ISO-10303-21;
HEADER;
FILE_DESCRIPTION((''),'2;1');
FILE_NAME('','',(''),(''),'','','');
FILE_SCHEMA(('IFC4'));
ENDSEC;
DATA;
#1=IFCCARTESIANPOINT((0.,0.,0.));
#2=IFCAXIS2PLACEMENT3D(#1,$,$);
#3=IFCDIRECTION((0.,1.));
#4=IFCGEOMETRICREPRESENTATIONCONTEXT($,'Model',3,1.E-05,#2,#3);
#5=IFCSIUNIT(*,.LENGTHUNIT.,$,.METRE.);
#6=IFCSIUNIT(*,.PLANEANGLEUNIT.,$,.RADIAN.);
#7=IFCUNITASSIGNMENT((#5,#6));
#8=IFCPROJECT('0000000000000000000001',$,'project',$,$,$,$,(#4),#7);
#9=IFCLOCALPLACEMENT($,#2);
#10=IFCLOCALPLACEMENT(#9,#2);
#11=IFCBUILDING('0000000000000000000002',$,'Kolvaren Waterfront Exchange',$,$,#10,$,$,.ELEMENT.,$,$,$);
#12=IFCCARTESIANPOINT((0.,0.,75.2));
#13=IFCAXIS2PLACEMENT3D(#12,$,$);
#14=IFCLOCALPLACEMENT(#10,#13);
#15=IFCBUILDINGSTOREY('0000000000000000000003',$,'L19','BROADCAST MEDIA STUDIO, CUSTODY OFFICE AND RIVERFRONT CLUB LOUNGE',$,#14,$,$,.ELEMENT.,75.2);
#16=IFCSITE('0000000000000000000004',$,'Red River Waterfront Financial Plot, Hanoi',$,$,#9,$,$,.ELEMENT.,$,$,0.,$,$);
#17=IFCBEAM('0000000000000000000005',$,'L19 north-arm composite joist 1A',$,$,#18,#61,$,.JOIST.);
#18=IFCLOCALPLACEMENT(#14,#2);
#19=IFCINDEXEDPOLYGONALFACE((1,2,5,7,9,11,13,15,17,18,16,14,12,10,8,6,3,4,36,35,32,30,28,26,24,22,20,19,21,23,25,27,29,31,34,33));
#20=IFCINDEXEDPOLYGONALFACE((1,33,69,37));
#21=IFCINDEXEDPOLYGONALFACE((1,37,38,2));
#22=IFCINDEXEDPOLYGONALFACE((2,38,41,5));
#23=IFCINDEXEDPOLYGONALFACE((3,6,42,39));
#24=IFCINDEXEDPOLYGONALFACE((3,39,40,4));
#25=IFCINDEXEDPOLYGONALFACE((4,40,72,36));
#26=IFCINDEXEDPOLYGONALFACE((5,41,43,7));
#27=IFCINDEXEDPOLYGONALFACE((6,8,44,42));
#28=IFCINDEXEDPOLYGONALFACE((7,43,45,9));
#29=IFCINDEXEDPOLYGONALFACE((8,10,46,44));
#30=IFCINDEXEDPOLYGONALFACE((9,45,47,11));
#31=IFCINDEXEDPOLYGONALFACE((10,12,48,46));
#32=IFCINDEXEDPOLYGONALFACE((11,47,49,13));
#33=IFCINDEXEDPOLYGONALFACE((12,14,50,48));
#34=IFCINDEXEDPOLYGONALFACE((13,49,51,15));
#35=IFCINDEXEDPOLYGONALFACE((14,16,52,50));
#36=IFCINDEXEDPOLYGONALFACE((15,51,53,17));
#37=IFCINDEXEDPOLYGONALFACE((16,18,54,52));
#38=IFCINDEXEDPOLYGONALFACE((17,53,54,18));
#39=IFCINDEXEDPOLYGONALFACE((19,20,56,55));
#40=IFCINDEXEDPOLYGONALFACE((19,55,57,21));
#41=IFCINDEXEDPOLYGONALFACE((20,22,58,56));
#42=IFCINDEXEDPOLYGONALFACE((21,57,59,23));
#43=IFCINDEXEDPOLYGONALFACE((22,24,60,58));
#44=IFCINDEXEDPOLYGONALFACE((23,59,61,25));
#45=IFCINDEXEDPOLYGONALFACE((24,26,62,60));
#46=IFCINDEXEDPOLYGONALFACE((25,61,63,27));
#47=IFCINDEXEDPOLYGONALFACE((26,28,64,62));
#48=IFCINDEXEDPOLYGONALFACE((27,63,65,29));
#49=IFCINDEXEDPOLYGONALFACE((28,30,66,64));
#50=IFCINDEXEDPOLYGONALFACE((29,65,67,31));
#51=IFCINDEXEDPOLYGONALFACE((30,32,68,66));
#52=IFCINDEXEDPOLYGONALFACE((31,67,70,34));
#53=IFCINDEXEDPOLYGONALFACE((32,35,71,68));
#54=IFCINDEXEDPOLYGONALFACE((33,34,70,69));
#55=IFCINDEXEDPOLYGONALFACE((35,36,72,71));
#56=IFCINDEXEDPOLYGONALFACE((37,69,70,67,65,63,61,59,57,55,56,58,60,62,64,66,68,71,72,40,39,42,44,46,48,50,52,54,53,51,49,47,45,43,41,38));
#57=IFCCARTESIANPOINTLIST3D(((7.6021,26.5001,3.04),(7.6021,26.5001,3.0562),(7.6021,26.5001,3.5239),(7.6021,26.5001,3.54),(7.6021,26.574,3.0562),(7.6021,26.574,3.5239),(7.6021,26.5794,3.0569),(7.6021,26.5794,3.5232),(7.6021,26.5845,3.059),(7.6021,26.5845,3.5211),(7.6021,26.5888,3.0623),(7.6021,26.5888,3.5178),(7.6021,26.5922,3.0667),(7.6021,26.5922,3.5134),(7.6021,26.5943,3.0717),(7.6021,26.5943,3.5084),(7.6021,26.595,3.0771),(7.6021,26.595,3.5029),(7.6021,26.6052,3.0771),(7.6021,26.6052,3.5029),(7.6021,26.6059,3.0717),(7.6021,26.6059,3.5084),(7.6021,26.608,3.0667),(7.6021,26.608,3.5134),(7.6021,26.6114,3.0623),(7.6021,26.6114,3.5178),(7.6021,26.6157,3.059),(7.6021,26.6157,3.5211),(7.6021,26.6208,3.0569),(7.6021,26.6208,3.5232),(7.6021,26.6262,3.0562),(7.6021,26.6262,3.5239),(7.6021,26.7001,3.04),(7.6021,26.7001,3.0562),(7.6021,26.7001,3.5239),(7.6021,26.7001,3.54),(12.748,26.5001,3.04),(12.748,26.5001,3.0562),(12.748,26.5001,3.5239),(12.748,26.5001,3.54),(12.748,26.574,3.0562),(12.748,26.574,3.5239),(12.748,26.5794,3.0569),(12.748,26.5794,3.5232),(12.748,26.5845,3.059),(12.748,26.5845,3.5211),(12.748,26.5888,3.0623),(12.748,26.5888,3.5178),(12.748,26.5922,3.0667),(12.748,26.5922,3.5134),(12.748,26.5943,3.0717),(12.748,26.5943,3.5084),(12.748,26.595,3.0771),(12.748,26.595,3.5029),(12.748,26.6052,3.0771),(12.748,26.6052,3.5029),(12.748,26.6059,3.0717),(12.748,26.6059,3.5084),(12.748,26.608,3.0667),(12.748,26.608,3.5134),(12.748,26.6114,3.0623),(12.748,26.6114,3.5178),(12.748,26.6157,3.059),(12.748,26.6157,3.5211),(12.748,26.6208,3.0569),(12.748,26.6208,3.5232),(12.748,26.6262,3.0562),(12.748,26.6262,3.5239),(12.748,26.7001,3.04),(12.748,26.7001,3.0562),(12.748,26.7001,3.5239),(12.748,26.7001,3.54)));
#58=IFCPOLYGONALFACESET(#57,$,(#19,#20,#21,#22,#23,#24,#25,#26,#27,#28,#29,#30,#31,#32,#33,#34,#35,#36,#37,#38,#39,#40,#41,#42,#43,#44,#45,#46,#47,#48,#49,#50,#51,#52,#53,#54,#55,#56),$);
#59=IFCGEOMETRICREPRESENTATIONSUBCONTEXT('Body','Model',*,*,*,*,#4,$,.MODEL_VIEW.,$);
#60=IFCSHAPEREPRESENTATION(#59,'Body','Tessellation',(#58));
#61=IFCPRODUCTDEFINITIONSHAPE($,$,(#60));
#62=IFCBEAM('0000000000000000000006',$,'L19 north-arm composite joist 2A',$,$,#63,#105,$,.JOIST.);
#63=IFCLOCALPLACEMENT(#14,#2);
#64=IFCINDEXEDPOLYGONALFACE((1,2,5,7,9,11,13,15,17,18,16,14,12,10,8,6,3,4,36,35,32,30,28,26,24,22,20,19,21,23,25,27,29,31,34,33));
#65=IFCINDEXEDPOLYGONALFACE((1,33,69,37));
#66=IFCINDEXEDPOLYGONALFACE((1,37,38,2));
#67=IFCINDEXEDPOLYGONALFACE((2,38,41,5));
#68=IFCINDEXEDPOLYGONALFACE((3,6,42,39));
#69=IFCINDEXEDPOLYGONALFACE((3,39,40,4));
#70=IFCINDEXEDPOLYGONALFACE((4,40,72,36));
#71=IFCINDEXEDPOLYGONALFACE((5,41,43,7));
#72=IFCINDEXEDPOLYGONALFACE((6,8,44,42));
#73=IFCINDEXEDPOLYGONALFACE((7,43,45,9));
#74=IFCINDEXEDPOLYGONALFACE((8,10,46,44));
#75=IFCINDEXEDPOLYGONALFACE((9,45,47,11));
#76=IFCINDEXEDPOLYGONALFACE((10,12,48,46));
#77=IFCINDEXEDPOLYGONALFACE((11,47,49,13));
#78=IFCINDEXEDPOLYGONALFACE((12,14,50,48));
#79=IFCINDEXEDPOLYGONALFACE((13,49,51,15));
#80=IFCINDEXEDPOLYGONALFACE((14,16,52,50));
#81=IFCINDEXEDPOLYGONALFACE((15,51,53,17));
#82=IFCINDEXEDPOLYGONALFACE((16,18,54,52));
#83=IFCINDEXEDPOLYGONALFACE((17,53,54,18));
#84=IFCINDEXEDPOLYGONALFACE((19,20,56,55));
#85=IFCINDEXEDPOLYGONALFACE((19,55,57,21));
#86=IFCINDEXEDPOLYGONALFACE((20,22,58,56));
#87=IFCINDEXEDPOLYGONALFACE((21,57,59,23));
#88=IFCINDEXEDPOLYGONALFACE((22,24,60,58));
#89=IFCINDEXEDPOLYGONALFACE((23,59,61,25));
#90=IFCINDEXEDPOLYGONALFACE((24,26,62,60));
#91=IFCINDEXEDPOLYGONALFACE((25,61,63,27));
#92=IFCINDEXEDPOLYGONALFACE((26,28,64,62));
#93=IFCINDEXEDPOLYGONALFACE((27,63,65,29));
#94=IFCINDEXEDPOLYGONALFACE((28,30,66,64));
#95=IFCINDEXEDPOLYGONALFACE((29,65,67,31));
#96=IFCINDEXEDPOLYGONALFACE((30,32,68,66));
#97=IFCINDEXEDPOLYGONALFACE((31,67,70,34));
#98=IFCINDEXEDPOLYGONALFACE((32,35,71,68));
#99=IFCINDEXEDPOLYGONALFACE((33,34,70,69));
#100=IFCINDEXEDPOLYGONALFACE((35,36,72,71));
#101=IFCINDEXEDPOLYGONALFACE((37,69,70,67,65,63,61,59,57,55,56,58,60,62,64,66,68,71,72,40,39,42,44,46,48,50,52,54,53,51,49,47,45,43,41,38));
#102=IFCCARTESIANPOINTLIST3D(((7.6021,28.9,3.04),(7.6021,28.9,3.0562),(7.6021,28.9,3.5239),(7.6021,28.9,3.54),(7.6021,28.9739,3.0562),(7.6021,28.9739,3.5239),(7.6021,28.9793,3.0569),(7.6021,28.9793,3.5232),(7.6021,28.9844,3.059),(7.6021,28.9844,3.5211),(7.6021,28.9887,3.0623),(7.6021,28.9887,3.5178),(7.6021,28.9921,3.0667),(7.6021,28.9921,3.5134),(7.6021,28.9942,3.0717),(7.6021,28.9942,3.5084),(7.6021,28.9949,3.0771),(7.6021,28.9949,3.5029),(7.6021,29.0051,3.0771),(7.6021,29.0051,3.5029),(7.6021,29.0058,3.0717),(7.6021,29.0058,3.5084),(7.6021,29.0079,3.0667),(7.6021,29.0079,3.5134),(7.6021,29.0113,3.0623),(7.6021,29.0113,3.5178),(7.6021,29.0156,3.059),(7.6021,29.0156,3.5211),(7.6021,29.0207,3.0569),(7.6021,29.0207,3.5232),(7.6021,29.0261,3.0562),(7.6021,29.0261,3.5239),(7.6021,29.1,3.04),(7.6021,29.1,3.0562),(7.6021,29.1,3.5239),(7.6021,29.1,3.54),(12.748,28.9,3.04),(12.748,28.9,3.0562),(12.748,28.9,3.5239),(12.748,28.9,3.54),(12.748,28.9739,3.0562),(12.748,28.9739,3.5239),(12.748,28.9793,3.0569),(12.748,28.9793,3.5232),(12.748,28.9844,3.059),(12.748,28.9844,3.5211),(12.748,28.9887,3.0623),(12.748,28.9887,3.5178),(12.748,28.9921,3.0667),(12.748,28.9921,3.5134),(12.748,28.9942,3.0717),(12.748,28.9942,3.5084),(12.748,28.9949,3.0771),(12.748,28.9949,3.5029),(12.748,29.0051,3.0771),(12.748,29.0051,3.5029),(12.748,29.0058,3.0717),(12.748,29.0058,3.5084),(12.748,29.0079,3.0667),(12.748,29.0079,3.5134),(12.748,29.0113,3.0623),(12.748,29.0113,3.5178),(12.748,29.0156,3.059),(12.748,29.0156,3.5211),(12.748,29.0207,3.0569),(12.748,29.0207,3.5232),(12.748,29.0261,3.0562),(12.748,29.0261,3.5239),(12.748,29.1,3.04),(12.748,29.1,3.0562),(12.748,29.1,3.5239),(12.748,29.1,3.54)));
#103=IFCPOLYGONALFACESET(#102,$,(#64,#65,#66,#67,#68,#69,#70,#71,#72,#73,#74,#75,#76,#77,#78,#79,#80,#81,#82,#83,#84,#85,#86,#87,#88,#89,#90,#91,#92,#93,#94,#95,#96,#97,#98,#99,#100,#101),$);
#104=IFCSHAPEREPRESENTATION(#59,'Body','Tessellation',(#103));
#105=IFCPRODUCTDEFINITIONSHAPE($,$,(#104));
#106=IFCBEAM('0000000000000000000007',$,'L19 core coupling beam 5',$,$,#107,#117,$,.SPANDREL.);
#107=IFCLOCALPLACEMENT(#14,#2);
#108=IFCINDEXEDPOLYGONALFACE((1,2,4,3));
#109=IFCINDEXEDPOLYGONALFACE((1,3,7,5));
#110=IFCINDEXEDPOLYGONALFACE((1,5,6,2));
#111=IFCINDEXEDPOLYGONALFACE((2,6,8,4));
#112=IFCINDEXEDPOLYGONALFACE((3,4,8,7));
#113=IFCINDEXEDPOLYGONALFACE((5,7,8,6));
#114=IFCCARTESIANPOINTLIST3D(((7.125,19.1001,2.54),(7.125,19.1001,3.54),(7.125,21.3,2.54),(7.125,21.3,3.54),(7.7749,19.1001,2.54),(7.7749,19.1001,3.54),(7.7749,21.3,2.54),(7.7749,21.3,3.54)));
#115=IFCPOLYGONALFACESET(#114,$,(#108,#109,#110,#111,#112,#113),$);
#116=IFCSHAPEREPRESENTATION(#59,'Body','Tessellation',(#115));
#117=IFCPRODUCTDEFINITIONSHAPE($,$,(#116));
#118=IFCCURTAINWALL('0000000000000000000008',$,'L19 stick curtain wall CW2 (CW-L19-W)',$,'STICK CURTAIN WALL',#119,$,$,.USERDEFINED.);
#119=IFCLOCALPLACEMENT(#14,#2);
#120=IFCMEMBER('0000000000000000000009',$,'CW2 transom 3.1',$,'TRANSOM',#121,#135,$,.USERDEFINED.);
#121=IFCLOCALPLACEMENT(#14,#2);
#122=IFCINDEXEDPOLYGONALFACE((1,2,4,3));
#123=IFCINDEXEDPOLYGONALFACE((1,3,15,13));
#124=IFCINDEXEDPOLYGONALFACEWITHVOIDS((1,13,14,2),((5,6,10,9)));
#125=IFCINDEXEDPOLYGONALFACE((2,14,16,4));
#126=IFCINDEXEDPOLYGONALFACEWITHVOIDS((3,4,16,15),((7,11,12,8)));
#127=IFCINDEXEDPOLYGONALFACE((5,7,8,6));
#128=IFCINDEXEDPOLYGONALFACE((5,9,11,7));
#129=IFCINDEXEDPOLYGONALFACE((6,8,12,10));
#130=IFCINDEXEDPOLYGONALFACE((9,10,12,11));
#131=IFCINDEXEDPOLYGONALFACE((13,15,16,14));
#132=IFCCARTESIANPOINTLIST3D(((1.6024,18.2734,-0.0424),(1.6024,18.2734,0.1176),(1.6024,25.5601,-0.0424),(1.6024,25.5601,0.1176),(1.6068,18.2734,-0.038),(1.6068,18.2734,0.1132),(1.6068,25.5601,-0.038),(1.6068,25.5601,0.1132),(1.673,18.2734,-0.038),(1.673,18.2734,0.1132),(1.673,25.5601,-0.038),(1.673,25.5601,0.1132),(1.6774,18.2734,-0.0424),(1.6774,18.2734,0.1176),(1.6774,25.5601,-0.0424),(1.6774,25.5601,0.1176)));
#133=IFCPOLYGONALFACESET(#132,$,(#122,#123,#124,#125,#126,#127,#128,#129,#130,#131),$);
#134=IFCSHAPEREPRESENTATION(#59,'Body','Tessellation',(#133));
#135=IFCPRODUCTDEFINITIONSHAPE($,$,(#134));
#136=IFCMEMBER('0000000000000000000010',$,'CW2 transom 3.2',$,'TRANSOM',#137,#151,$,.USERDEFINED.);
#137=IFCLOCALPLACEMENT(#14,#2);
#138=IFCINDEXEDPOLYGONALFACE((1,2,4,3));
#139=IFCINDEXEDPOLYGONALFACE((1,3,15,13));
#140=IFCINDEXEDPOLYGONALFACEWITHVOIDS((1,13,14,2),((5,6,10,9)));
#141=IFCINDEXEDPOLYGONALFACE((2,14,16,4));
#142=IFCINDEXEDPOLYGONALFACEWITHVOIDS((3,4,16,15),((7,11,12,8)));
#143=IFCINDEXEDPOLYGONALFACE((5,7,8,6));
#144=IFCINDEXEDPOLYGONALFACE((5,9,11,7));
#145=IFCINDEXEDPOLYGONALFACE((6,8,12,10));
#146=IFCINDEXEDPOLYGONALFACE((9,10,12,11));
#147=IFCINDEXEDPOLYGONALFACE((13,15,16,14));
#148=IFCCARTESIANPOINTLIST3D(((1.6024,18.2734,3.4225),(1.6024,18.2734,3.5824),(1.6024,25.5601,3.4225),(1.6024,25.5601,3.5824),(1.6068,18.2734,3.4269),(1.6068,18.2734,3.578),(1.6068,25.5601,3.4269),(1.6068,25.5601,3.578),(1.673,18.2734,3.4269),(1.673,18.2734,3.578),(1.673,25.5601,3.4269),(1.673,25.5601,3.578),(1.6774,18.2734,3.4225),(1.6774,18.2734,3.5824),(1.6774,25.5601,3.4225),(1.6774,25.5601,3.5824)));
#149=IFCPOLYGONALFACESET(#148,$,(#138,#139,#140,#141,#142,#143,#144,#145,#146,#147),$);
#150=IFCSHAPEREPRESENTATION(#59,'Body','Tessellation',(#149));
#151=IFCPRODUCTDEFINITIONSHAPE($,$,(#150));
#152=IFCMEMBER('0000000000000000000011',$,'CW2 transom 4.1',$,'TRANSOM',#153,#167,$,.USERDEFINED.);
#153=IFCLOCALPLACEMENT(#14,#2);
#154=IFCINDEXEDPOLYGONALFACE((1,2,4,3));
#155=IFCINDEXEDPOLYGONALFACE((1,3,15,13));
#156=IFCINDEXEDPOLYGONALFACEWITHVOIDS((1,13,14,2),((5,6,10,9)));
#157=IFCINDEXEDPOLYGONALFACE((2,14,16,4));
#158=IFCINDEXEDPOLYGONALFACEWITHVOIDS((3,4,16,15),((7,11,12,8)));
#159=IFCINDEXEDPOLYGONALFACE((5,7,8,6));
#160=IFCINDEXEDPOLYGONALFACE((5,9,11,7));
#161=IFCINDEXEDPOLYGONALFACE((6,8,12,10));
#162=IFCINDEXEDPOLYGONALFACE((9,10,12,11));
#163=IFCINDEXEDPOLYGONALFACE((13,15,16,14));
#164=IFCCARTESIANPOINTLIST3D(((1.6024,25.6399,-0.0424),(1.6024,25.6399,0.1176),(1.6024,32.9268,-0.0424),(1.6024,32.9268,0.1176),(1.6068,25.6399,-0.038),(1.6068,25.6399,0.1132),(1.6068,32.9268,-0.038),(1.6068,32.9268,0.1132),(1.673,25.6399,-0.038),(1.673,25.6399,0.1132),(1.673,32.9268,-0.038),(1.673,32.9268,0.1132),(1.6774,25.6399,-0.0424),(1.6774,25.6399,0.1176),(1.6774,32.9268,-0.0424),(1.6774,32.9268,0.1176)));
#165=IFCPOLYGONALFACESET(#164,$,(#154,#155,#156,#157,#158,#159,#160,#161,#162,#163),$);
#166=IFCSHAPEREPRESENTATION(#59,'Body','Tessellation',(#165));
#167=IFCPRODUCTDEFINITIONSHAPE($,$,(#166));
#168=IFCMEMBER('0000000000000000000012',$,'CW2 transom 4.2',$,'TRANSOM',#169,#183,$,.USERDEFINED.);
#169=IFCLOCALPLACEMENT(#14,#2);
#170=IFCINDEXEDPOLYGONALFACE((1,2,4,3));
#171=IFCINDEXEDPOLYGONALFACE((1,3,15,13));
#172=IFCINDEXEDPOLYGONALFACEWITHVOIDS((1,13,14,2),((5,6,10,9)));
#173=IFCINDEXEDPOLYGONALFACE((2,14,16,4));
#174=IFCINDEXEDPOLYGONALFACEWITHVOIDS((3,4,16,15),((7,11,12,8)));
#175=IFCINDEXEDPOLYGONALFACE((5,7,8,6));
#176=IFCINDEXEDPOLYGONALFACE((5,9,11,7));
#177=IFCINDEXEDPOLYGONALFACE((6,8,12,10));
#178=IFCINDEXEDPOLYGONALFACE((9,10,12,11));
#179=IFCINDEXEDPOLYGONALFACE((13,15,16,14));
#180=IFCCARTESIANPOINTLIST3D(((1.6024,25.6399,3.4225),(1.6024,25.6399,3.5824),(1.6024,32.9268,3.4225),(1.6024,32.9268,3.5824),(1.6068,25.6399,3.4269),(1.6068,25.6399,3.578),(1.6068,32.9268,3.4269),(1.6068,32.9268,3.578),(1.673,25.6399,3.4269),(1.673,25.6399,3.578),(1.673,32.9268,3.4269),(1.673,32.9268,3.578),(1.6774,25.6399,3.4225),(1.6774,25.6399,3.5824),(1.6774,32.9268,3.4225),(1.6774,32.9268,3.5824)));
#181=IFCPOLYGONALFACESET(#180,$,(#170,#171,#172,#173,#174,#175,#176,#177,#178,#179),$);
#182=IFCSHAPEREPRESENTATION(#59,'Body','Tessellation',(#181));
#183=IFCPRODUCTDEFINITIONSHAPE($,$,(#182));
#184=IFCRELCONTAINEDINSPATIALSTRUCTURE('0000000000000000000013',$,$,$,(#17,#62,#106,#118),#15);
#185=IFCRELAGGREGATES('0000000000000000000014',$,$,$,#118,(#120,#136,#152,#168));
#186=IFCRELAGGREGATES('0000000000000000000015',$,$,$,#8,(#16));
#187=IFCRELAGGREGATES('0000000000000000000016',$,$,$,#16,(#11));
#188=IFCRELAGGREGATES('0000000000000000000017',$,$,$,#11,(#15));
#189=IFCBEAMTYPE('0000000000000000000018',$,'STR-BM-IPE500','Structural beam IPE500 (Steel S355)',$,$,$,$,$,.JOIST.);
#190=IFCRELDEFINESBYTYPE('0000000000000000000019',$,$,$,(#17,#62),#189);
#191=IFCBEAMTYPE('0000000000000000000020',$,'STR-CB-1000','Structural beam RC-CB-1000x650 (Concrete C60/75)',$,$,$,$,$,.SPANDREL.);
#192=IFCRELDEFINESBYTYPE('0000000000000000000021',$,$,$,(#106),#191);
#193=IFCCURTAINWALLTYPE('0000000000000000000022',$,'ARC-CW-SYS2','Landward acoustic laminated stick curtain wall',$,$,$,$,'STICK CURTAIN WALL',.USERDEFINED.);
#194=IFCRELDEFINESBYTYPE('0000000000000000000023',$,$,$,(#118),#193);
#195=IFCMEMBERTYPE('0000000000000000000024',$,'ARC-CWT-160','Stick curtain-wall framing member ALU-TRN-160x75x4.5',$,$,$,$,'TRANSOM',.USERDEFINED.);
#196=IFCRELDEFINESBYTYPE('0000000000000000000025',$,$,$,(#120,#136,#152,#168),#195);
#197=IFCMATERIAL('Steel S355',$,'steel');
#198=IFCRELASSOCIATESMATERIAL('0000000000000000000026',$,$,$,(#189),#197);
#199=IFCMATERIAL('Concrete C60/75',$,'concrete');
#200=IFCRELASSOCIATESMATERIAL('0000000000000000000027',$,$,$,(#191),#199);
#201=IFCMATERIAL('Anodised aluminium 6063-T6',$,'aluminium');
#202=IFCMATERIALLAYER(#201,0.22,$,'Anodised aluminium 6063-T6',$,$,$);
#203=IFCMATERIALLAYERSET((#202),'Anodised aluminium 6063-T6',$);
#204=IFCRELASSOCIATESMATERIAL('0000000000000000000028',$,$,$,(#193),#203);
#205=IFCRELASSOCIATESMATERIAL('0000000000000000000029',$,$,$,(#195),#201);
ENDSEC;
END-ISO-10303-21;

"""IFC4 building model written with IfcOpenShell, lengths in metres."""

from ifc_helpers import new_model, si_unit, direction, frame, origin, origin_with_axes, origin_2d, place, context, subcontext, project, spatial, rectangle, hollow_rectangle, i_section, extrude, source, transform, mapped, material, layer, layer_set, material_profile, profile_set, type_object, element, aggregate, save


model = new_model("IFC4")

# Units and contexts
model_context = context("Model", 3, precision=1e-05, world=origin(), true_north=direction((0.0, 1.0)))
body_context = subcontext(model_context, "Body", "Model", "MODEL_VIEW")
ifc_project = project(units=[si_unit("LENGTHUNIT", "METRE"), si_unit("PLANEANGLEUNIT", "RADIAN")], contexts=[model_context])

# Site, building, storey
site_placement = place(None, origin())
site = spatial("IfcSite", under=ifc_project, at=site_placement, Name="Red River Waterfront Financial Plot, Hanoi", CompositionType="ELEMENT", RefElevation=0.0)
building_placement = place(site_placement, origin())
building = spatial("IfcBuilding", under=site, at=building_placement, Name="Kolvaren Waterfront Exchange", CompositionType="ELEMENT")
storey_placement = place(building_placement, frame((0.0, 0.0, 75.2)))
storey = spatial("IfcBuildingStorey", under=building, at=storey_placement, Name="L19", Description="BROADCAST MEDIA STUDIO, CUSTODY OFFICE AND RIVERFRONT CLUB LOUNGE", CompositionType="ELEMENT", Elevation=75.2)

# Beams
ifc_material_1 = material(Name="Steel S355", Category="steel")
ifc_material_profile_1 = material_profile(ifc_material_1, i_section(OverallWidth=0.2, OverallDepth=0.5, WebThickness=0.0103, FlangeThickness=0.0161, FilletRadius=0.021, at=origin_2d()), Name="IPE500")
ifc_profile_set_1 = profile_set([ifc_material_profile_1], Name="Steel S355")
beam_type_1 = type_object("IfcBeamType", Name="STR-BM-IPE500", Description="Structural beam IPE500 (Steel S355)", PredefinedType="JOIST", material=ifc_profile_set_1)
for number, where, z_axis, x_axis, name in (
    (1, (7.6021, 26.6001, 3.29), (1.0, 0.0, 0.0), (0.0, 1.0, 0.0), "L19 north-arm composite joist 1A"),
    (2, (7.6021, 29.0, 3.29), (1.0, 0.0, 0.0), (0.0, 1.0, 0.0), "L19 north-arm composite joist 2A"),
):
    element("IfcBeam", number, at=place(storey_placement, frame(where, z_axis=z_axis, x_axis=x_axis)), inside=storey, type_object=beam_type_1, Name=name, PredefinedType="JOIST", context=body_context, shape_type="SweptSolid", body=[
        extrude(i_section(OverallWidth=0.2, OverallDepth=0.5, WebThickness=0.0103, FlangeThickness=0.0161, FilletRadius=0.021, at=origin_2d()), origin(), (0.0, 0.0, 1.0), 5.146),
    ])
ifc_material_2 = material(Name="Concrete C60/75", Category="concrete")
ifc_material_profile_2 = material_profile(ifc_material_2, rectangle(XDim=0.6499, YDim=1.0, at=origin_2d()), Name="RC-CB-1000x650")
ifc_profile_set_2 = profile_set([ifc_material_profile_2], Name="Concrete C60/75")
beam_type_2 = type_object("IfcBeamType", Name="STR-CB-1000", Description="Structural beam RC-CB-1000x650 (Concrete C60/75)", PredefinedType="SPANDREL", material=ifc_profile_set_2)
beam_1_placement = place(storey_placement, frame((7.45, 19.1001, 3.04), z_axis=(0.0, 1.0, 0.0), x_axis=(-1.0, 0.0, 0.0)))
element("IfcBeam", 3, at=beam_1_placement, inside=storey, type_object=beam_type_2, Name="L19 core coupling beam 5", PredefinedType="SPANDREL", context=body_context, shape_type="SweptSolid", body=[
    extrude(rectangle(XDim=0.6499, YDim=1.0, at=origin_2d()), origin(), (0.0, 0.0, 1.0), 2.2),
])

# Curtain wall, members
ifc_material_3 = material(Name="Anodised aluminium 6063-T6", Category="aluminium")
ifc_layer_1 = layer(ifc_material_3, 0.22, Name="Anodised aluminium 6063-T6")
ifc_layer_set_1 = layer_set([ifc_layer_1], Name="Anodised aluminium 6063-T6")
curtain_wall_type = type_object("IfcCurtainWallType", Name="ARC-CW-SYS2", Description="Landward acoustic laminated stick curtain wall", ElementType="STICK CURTAIN WALL", PredefinedType="USERDEFINED", material=ifc_layer_set_1)
curtain_wall_placement = place(storey_placement, origin())
curtain_wall = element("IfcCurtainWall", 4, at=curtain_wall_placement, inside=storey, type_object=curtain_wall_type, Name="L19 stick curtain wall CW2 (CW-L19-W)", ObjectType="STICK CURTAIN WALL", PredefinedType="USERDEFINED")
ifc_material_profile_3 = material_profile(ifc_material_3, hollow_rectangle(XDim=0.075, YDim=0.1599, WallThickness=0.0044, at=origin_2d()), Name="ALU-TRN-160x75x4.5")
ifc_profile_set_3 = profile_set([ifc_material_profile_3], Name="Anodised aluminium 6063-T6")
member_type_1 = type_object("IfcMemberType", Name="ARC-CWT-160", Description="Stick curtain-wall framing member ALU-TRN-160x75x4.5", ElementType="TRANSOM", PredefinedType="USERDEFINED", material=ifc_profile_set_3)
shared_shape_1 = source(origin_with_axes(), body_context, "Body", "SweptSolid", [
    extrude(hollow_rectangle(XDim=0.075, YDim=0.1599, WallThickness=0.0044, at=origin_2d()), origin(), (0.0, 0.0, 1.0), 7.2866),
])
member_1_placement = place(storey_placement, frame((1.6399, 18.2734, 0.0376), z_axis=(0.0, 1.0, 0.0), x_axis=(-1.0, 0.0, 0.0)))
member_1 = element("IfcMember", 5, at=member_1_placement, type_object=member_type_1, Name="CW2 transom 3.1", ObjectType="TRANSOM", PredefinedType="USERDEFINED", context=body_context, shape_type="MappedRepresentation", body=[
    mapped(shared_shape_1, transform((0.0, 0.0, 0.0), x_axis=(1.0, 0.0, 0.0), y_axis=(0.0, 1.0, 0.0), z_axis=(0.0, 0.0, 1.0), scale=1.0)),
])
member_2_placement = place(storey_placement, frame((1.6399, 18.2734, 3.5024), z_axis=(0.0, 1.0, 0.0), x_axis=(-1.0, 0.0, 0.0)))
member_2 = element("IfcMember", 6, at=member_2_placement, type_object=member_type_1, Name="CW2 transom 3.2", ObjectType="TRANSOM", PredefinedType="USERDEFINED", context=body_context, shape_type="MappedRepresentation", body=[
    mapped(shared_shape_1, transform((0.0, 0.0, 0.0), x_axis=(1.0, 0.0, 0.0), y_axis=(0.0, 1.0, 0.0), z_axis=(0.0, 0.0, 1.0), scale=1.0)),
])
shared_shape_2 = source(origin_with_axes(), body_context, "Body", "SweptSolid", [
    extrude(hollow_rectangle(XDim=0.075, YDim=0.1599, WallThickness=0.0044, at=origin_2d()), origin(), (0.0, 0.0, 1.0), 7.2869),
])
member_3_placement = place(storey_placement, frame((1.6399, 25.6399, 0.0376), z_axis=(0.0, 1.0, 0.0), x_axis=(-1.0, 0.0, 0.0)))
member_3 = element("IfcMember", 7, at=member_3_placement, type_object=member_type_1, Name="CW2 transom 4.1", ObjectType="TRANSOM", PredefinedType="USERDEFINED", context=body_context, shape_type="MappedRepresentation", body=[
    mapped(shared_shape_2, transform((0.0, 0.0, 0.0), x_axis=(1.0, 0.0, 0.0), y_axis=(0.0, 1.0, 0.0), z_axis=(0.0, 0.0, 1.0), scale=1.0)),
])
member_4_placement = place(storey_placement, frame((1.6399, 25.6399, 3.5024), z_axis=(0.0, 1.0, 0.0), x_axis=(-1.0, 0.0, 0.0)))
member_4 = element("IfcMember", 8, at=member_4_placement, type_object=member_type_1, Name="CW2 transom 4.2", ObjectType="TRANSOM", PredefinedType="USERDEFINED", context=body_context, shape_type="MappedRepresentation", body=[
    mapped(shared_shape_2, transform((0.0, 0.0, 0.0), x_axis=(1.0, 0.0, 0.0), y_axis=(0.0, 1.0, 0.0), z_axis=(0.0, 0.0, 1.0), scale=1.0)),
])
aggregate(curtain_wall, [member_1, member_2, member_3, member_4])

save(model, "model.ifc")
